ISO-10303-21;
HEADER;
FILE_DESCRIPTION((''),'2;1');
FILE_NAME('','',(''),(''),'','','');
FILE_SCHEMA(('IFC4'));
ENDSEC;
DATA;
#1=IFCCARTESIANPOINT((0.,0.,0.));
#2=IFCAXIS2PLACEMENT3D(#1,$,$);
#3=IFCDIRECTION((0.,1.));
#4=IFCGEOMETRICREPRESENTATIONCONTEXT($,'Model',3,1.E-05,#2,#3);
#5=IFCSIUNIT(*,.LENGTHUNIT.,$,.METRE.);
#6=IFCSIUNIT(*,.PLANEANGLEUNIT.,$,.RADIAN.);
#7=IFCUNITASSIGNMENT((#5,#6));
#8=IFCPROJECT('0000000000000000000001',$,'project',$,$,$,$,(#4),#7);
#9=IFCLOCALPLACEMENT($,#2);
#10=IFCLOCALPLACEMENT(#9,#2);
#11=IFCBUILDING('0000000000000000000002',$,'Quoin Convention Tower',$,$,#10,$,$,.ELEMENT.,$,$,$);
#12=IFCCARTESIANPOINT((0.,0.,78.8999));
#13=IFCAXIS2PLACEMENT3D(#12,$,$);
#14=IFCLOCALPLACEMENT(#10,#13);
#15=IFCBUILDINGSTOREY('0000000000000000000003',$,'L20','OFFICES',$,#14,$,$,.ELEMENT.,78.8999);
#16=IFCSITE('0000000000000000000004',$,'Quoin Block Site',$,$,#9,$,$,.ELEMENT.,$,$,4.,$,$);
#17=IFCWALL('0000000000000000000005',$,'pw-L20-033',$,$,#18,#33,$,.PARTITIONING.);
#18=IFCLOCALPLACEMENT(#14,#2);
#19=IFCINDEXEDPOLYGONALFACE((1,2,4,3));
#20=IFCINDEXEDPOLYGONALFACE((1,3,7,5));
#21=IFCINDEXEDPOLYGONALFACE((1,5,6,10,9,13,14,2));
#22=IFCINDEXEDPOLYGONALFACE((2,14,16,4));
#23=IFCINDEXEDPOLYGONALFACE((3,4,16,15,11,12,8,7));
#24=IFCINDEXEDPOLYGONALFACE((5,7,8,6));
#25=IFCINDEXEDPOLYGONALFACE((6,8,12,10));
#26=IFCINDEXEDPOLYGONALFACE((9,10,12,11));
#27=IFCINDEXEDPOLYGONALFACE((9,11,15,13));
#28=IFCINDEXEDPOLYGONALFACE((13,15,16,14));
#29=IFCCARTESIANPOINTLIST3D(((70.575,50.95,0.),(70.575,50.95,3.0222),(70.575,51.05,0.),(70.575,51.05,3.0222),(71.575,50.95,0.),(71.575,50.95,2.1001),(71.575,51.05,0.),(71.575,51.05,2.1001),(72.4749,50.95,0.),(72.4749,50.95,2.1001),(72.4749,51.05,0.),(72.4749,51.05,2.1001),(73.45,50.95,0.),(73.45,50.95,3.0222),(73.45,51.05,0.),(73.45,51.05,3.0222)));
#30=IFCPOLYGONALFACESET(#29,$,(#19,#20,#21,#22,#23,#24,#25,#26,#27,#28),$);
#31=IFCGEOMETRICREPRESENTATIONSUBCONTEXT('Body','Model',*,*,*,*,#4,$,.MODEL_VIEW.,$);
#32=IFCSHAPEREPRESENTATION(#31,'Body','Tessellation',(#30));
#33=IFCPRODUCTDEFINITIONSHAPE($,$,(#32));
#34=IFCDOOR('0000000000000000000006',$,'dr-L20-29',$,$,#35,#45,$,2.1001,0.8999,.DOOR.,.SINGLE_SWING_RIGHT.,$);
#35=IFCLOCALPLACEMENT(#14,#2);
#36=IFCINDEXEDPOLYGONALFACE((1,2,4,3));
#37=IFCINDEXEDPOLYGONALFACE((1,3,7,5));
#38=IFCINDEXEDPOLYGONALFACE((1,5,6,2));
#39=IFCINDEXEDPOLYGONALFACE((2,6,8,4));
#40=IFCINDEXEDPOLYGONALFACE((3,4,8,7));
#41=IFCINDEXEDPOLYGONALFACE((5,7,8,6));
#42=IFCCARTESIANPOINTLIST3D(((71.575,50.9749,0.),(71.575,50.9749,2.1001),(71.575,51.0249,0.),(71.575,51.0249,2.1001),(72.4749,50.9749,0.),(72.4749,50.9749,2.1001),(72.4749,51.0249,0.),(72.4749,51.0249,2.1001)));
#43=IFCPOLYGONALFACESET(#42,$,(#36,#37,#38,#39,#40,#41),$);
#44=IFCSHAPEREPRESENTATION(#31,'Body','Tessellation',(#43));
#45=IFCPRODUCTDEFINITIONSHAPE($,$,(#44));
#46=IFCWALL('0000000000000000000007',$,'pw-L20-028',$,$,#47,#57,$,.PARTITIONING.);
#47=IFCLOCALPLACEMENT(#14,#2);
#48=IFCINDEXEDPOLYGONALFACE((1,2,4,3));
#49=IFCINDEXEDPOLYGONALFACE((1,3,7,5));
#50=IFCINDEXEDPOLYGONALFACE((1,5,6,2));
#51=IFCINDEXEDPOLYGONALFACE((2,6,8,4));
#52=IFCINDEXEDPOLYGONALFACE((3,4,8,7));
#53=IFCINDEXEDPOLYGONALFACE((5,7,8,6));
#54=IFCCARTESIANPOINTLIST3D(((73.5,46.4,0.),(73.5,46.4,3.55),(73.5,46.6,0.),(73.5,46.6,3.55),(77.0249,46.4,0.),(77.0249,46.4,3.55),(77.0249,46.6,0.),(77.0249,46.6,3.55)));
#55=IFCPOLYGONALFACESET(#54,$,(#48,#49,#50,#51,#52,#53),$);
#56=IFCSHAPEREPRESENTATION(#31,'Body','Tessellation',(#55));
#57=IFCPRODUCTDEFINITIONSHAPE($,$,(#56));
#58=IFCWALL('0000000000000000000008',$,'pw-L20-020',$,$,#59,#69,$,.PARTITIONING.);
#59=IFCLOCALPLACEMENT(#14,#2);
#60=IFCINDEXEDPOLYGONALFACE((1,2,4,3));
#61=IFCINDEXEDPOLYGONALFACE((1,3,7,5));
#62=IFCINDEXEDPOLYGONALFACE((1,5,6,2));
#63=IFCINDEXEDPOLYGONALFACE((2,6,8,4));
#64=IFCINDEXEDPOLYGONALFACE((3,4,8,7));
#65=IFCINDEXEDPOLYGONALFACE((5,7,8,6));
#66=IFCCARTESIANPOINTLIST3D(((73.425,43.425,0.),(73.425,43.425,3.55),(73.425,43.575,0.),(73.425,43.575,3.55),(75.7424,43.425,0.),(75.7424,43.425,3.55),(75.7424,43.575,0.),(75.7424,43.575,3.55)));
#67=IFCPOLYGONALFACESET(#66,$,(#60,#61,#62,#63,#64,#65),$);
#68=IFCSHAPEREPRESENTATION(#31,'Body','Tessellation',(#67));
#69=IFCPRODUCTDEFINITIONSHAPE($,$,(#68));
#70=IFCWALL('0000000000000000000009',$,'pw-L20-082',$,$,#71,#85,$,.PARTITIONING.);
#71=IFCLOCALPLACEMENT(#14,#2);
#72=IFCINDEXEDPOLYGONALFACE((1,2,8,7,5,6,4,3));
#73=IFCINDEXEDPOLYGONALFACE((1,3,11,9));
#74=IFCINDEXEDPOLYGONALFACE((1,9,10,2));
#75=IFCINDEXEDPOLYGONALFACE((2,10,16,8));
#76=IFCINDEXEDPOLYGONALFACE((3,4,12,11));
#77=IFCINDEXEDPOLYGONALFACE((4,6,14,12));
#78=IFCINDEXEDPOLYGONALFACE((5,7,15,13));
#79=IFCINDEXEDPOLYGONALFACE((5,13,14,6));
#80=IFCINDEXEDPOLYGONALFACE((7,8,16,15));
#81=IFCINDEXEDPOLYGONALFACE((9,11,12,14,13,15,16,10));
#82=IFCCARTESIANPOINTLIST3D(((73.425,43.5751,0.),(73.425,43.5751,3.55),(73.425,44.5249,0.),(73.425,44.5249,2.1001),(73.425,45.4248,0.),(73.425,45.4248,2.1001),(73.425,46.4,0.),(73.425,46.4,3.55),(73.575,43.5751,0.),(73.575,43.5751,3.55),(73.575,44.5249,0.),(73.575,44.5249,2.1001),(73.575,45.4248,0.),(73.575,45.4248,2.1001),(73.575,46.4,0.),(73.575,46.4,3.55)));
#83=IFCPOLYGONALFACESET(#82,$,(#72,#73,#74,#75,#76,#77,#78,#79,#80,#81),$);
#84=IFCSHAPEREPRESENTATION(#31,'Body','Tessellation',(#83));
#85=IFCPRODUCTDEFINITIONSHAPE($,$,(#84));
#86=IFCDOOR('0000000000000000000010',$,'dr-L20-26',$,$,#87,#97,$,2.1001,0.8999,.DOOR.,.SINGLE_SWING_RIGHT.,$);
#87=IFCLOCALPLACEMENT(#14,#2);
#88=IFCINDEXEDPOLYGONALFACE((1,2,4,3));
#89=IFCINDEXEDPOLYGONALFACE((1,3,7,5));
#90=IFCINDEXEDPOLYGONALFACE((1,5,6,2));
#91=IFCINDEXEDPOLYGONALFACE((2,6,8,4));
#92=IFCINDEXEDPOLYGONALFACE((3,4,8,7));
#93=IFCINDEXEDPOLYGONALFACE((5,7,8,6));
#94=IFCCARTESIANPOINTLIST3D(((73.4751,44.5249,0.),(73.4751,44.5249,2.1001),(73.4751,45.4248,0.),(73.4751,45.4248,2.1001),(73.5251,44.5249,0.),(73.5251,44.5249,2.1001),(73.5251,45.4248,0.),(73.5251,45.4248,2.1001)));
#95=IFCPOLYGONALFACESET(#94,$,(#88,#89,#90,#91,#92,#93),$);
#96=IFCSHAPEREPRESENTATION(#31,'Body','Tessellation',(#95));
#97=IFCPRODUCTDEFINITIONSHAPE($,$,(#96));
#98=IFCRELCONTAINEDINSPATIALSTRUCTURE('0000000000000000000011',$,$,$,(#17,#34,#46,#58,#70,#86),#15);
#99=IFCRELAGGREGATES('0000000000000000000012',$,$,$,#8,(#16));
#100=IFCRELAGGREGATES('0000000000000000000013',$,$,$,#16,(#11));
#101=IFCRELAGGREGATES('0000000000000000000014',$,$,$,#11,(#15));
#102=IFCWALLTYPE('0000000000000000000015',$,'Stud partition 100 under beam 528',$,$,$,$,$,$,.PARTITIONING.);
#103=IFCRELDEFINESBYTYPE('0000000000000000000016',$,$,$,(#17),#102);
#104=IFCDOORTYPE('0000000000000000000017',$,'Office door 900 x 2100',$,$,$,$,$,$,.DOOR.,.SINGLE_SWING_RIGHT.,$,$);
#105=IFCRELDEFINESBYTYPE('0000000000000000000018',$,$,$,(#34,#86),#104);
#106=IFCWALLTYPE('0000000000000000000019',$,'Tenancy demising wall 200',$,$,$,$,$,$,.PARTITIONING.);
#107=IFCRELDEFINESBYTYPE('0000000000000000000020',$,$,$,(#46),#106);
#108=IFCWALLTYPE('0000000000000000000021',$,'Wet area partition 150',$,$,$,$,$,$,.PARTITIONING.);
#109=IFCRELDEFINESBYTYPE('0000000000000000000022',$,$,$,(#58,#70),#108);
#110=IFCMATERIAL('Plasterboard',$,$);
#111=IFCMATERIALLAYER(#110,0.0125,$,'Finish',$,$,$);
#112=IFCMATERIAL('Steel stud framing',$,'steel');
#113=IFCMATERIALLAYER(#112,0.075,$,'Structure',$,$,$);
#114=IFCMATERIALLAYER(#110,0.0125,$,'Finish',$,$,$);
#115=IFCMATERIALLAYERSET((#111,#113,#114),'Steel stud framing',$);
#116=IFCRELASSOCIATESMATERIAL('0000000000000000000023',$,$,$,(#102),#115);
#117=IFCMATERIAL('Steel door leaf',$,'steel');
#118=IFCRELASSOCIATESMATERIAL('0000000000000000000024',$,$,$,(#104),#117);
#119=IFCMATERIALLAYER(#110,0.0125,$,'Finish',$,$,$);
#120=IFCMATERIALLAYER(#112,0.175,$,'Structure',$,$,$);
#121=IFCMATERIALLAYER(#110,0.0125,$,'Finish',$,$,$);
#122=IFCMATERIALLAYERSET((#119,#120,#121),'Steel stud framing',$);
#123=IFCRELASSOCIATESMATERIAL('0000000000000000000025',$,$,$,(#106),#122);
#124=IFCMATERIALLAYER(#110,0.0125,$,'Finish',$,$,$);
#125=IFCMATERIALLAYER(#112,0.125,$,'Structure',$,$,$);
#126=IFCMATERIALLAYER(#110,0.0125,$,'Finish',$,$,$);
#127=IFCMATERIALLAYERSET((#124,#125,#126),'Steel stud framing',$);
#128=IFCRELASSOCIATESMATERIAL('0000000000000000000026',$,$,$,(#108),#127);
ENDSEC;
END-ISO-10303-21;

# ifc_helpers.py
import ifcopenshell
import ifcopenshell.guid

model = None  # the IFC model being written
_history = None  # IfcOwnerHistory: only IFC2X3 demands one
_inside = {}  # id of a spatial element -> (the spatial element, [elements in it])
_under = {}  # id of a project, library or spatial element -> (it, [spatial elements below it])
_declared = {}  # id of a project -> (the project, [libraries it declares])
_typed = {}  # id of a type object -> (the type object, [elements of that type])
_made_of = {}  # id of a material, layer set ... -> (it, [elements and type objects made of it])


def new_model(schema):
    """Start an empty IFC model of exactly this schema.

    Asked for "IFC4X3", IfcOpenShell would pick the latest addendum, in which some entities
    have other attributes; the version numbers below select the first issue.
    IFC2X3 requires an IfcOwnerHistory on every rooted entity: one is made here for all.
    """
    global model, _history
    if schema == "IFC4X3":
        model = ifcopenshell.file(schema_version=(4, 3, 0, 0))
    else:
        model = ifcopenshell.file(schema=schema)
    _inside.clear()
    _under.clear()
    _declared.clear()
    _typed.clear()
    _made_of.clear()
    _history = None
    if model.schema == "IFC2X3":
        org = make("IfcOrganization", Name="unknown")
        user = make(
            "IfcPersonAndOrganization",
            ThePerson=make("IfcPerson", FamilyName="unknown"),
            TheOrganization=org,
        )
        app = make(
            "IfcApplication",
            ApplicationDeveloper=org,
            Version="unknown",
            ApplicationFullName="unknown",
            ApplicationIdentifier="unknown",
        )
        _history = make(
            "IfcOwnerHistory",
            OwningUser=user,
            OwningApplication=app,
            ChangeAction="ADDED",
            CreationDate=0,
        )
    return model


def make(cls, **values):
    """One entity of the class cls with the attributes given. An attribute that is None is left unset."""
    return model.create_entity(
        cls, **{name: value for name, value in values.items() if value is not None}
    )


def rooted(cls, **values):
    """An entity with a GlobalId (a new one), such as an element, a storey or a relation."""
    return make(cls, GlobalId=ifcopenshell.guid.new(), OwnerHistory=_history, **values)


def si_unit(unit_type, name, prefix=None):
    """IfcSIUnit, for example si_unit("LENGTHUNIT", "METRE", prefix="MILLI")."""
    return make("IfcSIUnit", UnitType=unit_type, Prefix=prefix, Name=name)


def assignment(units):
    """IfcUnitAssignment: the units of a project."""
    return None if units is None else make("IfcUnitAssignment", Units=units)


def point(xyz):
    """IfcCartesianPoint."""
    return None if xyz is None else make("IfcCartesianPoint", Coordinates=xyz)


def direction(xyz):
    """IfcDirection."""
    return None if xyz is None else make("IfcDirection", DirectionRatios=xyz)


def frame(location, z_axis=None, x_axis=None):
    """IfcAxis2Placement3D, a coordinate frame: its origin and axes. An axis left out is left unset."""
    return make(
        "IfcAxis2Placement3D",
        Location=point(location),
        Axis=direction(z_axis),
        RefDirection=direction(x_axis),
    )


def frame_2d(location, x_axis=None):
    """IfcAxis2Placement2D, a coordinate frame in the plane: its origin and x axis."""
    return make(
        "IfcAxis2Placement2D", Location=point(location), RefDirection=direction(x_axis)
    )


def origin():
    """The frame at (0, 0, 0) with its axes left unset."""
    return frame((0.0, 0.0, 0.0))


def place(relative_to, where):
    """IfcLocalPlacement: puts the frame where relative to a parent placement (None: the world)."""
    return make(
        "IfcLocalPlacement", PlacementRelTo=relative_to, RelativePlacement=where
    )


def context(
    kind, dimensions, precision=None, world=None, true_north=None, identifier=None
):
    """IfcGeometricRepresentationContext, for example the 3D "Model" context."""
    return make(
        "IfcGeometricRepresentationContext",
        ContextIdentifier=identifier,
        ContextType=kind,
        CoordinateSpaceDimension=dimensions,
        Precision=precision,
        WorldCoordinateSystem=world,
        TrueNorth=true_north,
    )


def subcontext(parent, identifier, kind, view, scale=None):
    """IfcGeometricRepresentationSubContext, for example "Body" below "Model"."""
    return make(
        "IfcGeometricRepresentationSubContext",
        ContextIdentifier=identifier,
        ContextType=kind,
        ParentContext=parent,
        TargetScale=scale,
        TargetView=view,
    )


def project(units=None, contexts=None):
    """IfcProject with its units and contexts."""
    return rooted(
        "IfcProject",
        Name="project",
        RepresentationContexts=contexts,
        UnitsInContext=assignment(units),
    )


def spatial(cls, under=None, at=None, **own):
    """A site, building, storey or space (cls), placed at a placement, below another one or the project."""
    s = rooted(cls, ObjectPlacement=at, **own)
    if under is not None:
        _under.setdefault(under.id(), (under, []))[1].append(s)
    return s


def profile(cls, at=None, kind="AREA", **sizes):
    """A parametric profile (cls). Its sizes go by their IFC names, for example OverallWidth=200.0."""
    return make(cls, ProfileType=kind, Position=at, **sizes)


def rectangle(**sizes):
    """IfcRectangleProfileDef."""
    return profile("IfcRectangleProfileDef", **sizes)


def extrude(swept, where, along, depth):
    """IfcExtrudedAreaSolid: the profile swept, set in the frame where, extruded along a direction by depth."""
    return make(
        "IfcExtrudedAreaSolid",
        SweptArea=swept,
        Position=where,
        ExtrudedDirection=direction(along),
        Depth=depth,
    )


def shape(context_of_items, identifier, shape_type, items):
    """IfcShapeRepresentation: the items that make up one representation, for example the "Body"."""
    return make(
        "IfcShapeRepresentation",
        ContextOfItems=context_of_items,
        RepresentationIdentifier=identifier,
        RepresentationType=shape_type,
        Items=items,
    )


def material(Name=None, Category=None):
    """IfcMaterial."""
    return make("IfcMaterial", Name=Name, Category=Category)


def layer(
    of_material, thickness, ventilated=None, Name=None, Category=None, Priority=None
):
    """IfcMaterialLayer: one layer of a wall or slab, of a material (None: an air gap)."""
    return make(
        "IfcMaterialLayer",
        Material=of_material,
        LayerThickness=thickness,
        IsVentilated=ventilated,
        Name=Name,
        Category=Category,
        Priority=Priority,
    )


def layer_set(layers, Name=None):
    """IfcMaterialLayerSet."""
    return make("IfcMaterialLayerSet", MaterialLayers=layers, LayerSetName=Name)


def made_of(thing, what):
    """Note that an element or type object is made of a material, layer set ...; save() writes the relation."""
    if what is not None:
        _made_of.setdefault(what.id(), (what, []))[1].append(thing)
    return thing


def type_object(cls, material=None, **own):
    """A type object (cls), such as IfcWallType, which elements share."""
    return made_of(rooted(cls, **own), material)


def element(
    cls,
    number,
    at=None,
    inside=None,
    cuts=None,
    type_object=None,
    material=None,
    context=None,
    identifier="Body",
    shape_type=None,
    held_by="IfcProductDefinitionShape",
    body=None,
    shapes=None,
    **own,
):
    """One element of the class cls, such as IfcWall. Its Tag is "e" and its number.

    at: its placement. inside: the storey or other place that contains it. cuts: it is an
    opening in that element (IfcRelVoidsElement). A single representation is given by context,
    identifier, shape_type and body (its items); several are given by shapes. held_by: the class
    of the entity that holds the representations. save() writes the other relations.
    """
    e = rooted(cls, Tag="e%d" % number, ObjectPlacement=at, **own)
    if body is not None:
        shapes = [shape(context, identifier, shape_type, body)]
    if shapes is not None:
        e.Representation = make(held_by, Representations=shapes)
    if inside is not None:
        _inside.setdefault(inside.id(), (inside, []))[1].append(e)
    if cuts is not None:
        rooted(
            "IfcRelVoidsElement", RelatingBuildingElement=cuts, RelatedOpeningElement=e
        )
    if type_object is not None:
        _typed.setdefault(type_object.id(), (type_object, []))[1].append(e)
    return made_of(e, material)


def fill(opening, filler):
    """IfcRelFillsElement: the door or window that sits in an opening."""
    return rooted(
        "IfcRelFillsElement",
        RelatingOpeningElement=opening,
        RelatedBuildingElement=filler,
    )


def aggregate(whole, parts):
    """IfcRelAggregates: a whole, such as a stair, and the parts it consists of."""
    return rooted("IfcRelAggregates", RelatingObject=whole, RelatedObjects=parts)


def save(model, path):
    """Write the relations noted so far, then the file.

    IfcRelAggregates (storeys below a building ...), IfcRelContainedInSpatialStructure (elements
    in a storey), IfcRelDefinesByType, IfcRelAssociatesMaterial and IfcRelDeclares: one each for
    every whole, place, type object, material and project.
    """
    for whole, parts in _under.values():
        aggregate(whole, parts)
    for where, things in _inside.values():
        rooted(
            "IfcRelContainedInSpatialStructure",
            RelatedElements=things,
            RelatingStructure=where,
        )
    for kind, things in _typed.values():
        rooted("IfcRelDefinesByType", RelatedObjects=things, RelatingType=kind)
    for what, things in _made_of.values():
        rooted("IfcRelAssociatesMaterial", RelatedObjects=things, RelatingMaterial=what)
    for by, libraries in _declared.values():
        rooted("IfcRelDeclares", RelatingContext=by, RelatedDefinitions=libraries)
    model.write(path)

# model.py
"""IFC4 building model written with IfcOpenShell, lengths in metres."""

from ifc_helpers import new_model, si_unit, direction, frame, frame_2d, origin, place, context, subcontext, project, spatial, rectangle, extrude, material, layer, layer_set, type_object, element, fill, save


model = new_model("IFC4")

# Units and contexts
model_context = context("Model", 3, precision=1e-05, world=origin(), true_north=direction((0.0, 1.0)))
body_context = subcontext(model_context, "Body", "Model", "MODEL_VIEW")
ifc_project = project(units=[si_unit("LENGTHUNIT", "METRE"), si_unit("PLANEANGLEUNIT", "RADIAN")], contexts=[model_context])

# Site, building, storey
site_placement = place(None, origin())
site = spatial("IfcSite", under=ifc_project, at=site_placement, Name="Quoin Block Site", CompositionType="ELEMENT", RefElevation=4.0)
building_placement = place(site_placement, origin())
building = spatial("IfcBuilding", under=site, at=building_placement, Name="Quoin Convention Tower", CompositionType="ELEMENT")
storey_placement = place(building_placement, frame((0.0, 0.0, 78.8999)))
storey = spatial("IfcBuildingStorey", under=building, at=storey_placement, Name="L20", Description="OFFICES", CompositionType="ELEMENT", Elevation=78.8999)

# Shared definitions
ifc_material_1 = material(Name="Plasterboard")
ifc_material_2 = material(Name="Steel stud framing", Category="steel")

# Wall, opening, door
ifc_layer_1 = layer(ifc_material_1, 0.0125, Name="Finish")
ifc_layer_2 = layer(ifc_material_2, 0.075, Name="Structure")
ifc_layer_3 = layer(ifc_material_1, 0.0125, Name="Finish")
ifc_layer_set_1 = layer_set([ifc_layer_1, ifc_layer_2, ifc_layer_3], Name="Steel stud framing")
wall_type_1 = type_object("IfcWallType", Name="Stud partition 100 under beam 528", PredefinedType="PARTITIONING", material=ifc_layer_set_1)
wall_1_placement = place(storey_placement, frame((70.575, 51.0, 0.0), z_axis=(0.0, 0.0, 1.0), x_axis=(1.0, 0.0, 0.0)))
wall_1 = element("IfcWall", 1, at=wall_1_placement, inside=storey, type_object=wall_type_1, Name="pw-L20-033", PredefinedType="PARTITIONING", context=body_context, shape_type="SweptSolid", body=[
    extrude(rectangle(XDim=2.875, YDim=0.1001, at=frame_2d((1.4375, 0.0))), origin(), (0.0, 0.0, 1.0), 3.0222),
])
opening_1_placement = place(wall_1_placement, frame((1.0, 0.0, 0.0)))
opening_1 = element("IfcOpeningElement", 2, at=opening_1_placement, cuts=wall_1, PredefinedType="OPENING", context=body_context, shape_type="SweptSolid", body=[
    extrude(rectangle(XDim=0.8999, YDim=2.1001, at=frame_2d((0.45, 1.05))), frame((0.0, 0.0601, 0.0), z_axis=(0.0, -1.0, 0.0), x_axis=(1.0, 0.0, 0.0)), (0.0, 0.0, 1.0), 0.1201),
])
ifc_material_3 = material(Name="Steel door leaf", Category="steel")
door_type = type_object("IfcDoorType", Name="Office door 900 x 2100", OperationType="SINGLE_SWING_RIGHT", PredefinedType="DOOR", material=ifc_material_3)
door_1_placement = place(opening_1_placement, origin())
door_1 = element("IfcDoor", 3, at=door_1_placement, inside=storey, type_object=door_type, Name="dr-L20-29", OperationType="SINGLE_SWING_RIGHT", OverallHeight=2.1001, OverallWidth=0.8999, PredefinedType="DOOR", context=body_context, shape_type="SweptSolid", body=[
    extrude(rectangle(XDim=0.8999, YDim=2.1001, at=frame_2d((0.45, 1.05))), frame((0.0, 0.0249, 0.0), z_axis=(0.0, -1.0, 0.0), x_axis=(1.0, 0.0, 0.0)), (0.0, 0.0, 1.0), 0.05),
])
fill(opening_1, door_1)

# Walls
ifc_layer_4 = layer(ifc_material_1, 0.0125, Name="Finish")
ifc_layer_5 = layer(ifc_material_2, 0.175, Name="Structure")
ifc_layer_6 = layer(ifc_material_1, 0.0125, Name="Finish")
ifc_layer_set_2 = layer_set([ifc_layer_4, ifc_layer_5, ifc_layer_6], Name="Steel stud framing")
wall_type_2 = type_object("IfcWallType", Name="Tenancy demising wall 200", PredefinedType="PARTITIONING", material=ifc_layer_set_2)
wall_2_placement = place(storey_placement, frame((73.5, 46.5, 0.0), z_axis=(0.0, 0.0, 1.0), x_axis=(1.0, 0.0, 0.0)))
element("IfcWall", 4, at=wall_2_placement, inside=storey, type_object=wall_type_2, Name="pw-L20-028", PredefinedType="PARTITIONING", context=body_context, shape_type="SweptSolid", body=[
    extrude(rectangle(XDim=3.5249, YDim=0.2, at=frame_2d((1.7625, 0.0))), origin(), (0.0, 0.0, 1.0), 3.55),
])
ifc_layer_7 = layer(ifc_material_1, 0.0125, Name="Finish")
ifc_layer_8 = layer(ifc_material_2, 0.125, Name="Structure")
ifc_layer_9 = layer(ifc_material_1, 0.0125, Name="Finish")
ifc_layer_set_3 = layer_set([ifc_layer_7, ifc_layer_8, ifc_layer_9], Name="Steel stud framing")
wall_type_3 = type_object("IfcWallType", Name="Wet area partition 150", PredefinedType="PARTITIONING", material=ifc_layer_set_3)
wall_3_placement = place(storey_placement, frame((73.425, 43.5, 0.0), z_axis=(0.0, 0.0, 1.0), x_axis=(1.0, 0.0, 0.0)))
element("IfcWall", 5, at=wall_3_placement, inside=storey, type_object=wall_type_3, Name="pw-L20-020", PredefinedType="PARTITIONING", context=body_context, shape_type="SweptSolid", body=[
    extrude(rectangle(XDim=2.3174, YDim=0.1499, at=frame_2d((1.1587, 0.0))), origin(), (0.0, 0.0, 1.0), 3.55),
])

# Wall, opening, door
wall_4_placement = place(storey_placement, frame((73.5, 43.575, 0.0), z_axis=(0.0, 0.0, 1.0), x_axis=(0.0, 1.0, 0.0)))
wall_4 = element("IfcWall", 6, at=wall_4_placement, inside=storey, type_object=wall_type_3, Name="pw-L20-082", PredefinedType="PARTITIONING", context=body_context, shape_type="SweptSolid", body=[
    extrude(rectangle(XDim=2.825, YDim=0.1499, at=frame_2d((1.4126, 0.0))), origin(), (0.0, 0.0, 1.0), 3.55),
])
opening_2_placement = place(wall_4_placement, frame((0.95, 0.0, 0.0)))
opening_2 = element("IfcOpeningElement", 7, at=opening_2_placement, cuts=wall_4, PredefinedType="OPENING", context=body_context, shape_type="SweptSolid", body=[
    extrude(rectangle(XDim=0.8999, YDim=2.1001, at=frame_2d((0.45, 1.05))), frame((0.0, 0.085, 0.0), z_axis=(0.0, -1.0, 0.0), x_axis=(1.0, 0.0, 0.0)), (0.0, 0.0, 1.0), 0.1699),
])
door_2_placement = place(opening_2_placement, origin())
door_2 = element("IfcDoor", 8, at=door_2_placement, inside=storey, type_object=door_type, Name="dr-L20-26", OperationType="SINGLE_SWING_RIGHT", OverallHeight=2.1001, OverallWidth=0.8999, PredefinedType="DOOR", context=body_context, shape_type="SweptSolid", body=[
    extrude(rectangle(XDim=0.8999, YDim=2.1001, at=frame_2d((0.45, 1.05))), frame((0.0, 0.0249, 0.0), z_axis=(0.0, -1.0, 0.0), x_axis=(1.0, 0.0, 0.0)), (0.0, 0.0, 1.0), 0.05),
])
fill(opening_2, door_2)

save(model, "model.ifc")
